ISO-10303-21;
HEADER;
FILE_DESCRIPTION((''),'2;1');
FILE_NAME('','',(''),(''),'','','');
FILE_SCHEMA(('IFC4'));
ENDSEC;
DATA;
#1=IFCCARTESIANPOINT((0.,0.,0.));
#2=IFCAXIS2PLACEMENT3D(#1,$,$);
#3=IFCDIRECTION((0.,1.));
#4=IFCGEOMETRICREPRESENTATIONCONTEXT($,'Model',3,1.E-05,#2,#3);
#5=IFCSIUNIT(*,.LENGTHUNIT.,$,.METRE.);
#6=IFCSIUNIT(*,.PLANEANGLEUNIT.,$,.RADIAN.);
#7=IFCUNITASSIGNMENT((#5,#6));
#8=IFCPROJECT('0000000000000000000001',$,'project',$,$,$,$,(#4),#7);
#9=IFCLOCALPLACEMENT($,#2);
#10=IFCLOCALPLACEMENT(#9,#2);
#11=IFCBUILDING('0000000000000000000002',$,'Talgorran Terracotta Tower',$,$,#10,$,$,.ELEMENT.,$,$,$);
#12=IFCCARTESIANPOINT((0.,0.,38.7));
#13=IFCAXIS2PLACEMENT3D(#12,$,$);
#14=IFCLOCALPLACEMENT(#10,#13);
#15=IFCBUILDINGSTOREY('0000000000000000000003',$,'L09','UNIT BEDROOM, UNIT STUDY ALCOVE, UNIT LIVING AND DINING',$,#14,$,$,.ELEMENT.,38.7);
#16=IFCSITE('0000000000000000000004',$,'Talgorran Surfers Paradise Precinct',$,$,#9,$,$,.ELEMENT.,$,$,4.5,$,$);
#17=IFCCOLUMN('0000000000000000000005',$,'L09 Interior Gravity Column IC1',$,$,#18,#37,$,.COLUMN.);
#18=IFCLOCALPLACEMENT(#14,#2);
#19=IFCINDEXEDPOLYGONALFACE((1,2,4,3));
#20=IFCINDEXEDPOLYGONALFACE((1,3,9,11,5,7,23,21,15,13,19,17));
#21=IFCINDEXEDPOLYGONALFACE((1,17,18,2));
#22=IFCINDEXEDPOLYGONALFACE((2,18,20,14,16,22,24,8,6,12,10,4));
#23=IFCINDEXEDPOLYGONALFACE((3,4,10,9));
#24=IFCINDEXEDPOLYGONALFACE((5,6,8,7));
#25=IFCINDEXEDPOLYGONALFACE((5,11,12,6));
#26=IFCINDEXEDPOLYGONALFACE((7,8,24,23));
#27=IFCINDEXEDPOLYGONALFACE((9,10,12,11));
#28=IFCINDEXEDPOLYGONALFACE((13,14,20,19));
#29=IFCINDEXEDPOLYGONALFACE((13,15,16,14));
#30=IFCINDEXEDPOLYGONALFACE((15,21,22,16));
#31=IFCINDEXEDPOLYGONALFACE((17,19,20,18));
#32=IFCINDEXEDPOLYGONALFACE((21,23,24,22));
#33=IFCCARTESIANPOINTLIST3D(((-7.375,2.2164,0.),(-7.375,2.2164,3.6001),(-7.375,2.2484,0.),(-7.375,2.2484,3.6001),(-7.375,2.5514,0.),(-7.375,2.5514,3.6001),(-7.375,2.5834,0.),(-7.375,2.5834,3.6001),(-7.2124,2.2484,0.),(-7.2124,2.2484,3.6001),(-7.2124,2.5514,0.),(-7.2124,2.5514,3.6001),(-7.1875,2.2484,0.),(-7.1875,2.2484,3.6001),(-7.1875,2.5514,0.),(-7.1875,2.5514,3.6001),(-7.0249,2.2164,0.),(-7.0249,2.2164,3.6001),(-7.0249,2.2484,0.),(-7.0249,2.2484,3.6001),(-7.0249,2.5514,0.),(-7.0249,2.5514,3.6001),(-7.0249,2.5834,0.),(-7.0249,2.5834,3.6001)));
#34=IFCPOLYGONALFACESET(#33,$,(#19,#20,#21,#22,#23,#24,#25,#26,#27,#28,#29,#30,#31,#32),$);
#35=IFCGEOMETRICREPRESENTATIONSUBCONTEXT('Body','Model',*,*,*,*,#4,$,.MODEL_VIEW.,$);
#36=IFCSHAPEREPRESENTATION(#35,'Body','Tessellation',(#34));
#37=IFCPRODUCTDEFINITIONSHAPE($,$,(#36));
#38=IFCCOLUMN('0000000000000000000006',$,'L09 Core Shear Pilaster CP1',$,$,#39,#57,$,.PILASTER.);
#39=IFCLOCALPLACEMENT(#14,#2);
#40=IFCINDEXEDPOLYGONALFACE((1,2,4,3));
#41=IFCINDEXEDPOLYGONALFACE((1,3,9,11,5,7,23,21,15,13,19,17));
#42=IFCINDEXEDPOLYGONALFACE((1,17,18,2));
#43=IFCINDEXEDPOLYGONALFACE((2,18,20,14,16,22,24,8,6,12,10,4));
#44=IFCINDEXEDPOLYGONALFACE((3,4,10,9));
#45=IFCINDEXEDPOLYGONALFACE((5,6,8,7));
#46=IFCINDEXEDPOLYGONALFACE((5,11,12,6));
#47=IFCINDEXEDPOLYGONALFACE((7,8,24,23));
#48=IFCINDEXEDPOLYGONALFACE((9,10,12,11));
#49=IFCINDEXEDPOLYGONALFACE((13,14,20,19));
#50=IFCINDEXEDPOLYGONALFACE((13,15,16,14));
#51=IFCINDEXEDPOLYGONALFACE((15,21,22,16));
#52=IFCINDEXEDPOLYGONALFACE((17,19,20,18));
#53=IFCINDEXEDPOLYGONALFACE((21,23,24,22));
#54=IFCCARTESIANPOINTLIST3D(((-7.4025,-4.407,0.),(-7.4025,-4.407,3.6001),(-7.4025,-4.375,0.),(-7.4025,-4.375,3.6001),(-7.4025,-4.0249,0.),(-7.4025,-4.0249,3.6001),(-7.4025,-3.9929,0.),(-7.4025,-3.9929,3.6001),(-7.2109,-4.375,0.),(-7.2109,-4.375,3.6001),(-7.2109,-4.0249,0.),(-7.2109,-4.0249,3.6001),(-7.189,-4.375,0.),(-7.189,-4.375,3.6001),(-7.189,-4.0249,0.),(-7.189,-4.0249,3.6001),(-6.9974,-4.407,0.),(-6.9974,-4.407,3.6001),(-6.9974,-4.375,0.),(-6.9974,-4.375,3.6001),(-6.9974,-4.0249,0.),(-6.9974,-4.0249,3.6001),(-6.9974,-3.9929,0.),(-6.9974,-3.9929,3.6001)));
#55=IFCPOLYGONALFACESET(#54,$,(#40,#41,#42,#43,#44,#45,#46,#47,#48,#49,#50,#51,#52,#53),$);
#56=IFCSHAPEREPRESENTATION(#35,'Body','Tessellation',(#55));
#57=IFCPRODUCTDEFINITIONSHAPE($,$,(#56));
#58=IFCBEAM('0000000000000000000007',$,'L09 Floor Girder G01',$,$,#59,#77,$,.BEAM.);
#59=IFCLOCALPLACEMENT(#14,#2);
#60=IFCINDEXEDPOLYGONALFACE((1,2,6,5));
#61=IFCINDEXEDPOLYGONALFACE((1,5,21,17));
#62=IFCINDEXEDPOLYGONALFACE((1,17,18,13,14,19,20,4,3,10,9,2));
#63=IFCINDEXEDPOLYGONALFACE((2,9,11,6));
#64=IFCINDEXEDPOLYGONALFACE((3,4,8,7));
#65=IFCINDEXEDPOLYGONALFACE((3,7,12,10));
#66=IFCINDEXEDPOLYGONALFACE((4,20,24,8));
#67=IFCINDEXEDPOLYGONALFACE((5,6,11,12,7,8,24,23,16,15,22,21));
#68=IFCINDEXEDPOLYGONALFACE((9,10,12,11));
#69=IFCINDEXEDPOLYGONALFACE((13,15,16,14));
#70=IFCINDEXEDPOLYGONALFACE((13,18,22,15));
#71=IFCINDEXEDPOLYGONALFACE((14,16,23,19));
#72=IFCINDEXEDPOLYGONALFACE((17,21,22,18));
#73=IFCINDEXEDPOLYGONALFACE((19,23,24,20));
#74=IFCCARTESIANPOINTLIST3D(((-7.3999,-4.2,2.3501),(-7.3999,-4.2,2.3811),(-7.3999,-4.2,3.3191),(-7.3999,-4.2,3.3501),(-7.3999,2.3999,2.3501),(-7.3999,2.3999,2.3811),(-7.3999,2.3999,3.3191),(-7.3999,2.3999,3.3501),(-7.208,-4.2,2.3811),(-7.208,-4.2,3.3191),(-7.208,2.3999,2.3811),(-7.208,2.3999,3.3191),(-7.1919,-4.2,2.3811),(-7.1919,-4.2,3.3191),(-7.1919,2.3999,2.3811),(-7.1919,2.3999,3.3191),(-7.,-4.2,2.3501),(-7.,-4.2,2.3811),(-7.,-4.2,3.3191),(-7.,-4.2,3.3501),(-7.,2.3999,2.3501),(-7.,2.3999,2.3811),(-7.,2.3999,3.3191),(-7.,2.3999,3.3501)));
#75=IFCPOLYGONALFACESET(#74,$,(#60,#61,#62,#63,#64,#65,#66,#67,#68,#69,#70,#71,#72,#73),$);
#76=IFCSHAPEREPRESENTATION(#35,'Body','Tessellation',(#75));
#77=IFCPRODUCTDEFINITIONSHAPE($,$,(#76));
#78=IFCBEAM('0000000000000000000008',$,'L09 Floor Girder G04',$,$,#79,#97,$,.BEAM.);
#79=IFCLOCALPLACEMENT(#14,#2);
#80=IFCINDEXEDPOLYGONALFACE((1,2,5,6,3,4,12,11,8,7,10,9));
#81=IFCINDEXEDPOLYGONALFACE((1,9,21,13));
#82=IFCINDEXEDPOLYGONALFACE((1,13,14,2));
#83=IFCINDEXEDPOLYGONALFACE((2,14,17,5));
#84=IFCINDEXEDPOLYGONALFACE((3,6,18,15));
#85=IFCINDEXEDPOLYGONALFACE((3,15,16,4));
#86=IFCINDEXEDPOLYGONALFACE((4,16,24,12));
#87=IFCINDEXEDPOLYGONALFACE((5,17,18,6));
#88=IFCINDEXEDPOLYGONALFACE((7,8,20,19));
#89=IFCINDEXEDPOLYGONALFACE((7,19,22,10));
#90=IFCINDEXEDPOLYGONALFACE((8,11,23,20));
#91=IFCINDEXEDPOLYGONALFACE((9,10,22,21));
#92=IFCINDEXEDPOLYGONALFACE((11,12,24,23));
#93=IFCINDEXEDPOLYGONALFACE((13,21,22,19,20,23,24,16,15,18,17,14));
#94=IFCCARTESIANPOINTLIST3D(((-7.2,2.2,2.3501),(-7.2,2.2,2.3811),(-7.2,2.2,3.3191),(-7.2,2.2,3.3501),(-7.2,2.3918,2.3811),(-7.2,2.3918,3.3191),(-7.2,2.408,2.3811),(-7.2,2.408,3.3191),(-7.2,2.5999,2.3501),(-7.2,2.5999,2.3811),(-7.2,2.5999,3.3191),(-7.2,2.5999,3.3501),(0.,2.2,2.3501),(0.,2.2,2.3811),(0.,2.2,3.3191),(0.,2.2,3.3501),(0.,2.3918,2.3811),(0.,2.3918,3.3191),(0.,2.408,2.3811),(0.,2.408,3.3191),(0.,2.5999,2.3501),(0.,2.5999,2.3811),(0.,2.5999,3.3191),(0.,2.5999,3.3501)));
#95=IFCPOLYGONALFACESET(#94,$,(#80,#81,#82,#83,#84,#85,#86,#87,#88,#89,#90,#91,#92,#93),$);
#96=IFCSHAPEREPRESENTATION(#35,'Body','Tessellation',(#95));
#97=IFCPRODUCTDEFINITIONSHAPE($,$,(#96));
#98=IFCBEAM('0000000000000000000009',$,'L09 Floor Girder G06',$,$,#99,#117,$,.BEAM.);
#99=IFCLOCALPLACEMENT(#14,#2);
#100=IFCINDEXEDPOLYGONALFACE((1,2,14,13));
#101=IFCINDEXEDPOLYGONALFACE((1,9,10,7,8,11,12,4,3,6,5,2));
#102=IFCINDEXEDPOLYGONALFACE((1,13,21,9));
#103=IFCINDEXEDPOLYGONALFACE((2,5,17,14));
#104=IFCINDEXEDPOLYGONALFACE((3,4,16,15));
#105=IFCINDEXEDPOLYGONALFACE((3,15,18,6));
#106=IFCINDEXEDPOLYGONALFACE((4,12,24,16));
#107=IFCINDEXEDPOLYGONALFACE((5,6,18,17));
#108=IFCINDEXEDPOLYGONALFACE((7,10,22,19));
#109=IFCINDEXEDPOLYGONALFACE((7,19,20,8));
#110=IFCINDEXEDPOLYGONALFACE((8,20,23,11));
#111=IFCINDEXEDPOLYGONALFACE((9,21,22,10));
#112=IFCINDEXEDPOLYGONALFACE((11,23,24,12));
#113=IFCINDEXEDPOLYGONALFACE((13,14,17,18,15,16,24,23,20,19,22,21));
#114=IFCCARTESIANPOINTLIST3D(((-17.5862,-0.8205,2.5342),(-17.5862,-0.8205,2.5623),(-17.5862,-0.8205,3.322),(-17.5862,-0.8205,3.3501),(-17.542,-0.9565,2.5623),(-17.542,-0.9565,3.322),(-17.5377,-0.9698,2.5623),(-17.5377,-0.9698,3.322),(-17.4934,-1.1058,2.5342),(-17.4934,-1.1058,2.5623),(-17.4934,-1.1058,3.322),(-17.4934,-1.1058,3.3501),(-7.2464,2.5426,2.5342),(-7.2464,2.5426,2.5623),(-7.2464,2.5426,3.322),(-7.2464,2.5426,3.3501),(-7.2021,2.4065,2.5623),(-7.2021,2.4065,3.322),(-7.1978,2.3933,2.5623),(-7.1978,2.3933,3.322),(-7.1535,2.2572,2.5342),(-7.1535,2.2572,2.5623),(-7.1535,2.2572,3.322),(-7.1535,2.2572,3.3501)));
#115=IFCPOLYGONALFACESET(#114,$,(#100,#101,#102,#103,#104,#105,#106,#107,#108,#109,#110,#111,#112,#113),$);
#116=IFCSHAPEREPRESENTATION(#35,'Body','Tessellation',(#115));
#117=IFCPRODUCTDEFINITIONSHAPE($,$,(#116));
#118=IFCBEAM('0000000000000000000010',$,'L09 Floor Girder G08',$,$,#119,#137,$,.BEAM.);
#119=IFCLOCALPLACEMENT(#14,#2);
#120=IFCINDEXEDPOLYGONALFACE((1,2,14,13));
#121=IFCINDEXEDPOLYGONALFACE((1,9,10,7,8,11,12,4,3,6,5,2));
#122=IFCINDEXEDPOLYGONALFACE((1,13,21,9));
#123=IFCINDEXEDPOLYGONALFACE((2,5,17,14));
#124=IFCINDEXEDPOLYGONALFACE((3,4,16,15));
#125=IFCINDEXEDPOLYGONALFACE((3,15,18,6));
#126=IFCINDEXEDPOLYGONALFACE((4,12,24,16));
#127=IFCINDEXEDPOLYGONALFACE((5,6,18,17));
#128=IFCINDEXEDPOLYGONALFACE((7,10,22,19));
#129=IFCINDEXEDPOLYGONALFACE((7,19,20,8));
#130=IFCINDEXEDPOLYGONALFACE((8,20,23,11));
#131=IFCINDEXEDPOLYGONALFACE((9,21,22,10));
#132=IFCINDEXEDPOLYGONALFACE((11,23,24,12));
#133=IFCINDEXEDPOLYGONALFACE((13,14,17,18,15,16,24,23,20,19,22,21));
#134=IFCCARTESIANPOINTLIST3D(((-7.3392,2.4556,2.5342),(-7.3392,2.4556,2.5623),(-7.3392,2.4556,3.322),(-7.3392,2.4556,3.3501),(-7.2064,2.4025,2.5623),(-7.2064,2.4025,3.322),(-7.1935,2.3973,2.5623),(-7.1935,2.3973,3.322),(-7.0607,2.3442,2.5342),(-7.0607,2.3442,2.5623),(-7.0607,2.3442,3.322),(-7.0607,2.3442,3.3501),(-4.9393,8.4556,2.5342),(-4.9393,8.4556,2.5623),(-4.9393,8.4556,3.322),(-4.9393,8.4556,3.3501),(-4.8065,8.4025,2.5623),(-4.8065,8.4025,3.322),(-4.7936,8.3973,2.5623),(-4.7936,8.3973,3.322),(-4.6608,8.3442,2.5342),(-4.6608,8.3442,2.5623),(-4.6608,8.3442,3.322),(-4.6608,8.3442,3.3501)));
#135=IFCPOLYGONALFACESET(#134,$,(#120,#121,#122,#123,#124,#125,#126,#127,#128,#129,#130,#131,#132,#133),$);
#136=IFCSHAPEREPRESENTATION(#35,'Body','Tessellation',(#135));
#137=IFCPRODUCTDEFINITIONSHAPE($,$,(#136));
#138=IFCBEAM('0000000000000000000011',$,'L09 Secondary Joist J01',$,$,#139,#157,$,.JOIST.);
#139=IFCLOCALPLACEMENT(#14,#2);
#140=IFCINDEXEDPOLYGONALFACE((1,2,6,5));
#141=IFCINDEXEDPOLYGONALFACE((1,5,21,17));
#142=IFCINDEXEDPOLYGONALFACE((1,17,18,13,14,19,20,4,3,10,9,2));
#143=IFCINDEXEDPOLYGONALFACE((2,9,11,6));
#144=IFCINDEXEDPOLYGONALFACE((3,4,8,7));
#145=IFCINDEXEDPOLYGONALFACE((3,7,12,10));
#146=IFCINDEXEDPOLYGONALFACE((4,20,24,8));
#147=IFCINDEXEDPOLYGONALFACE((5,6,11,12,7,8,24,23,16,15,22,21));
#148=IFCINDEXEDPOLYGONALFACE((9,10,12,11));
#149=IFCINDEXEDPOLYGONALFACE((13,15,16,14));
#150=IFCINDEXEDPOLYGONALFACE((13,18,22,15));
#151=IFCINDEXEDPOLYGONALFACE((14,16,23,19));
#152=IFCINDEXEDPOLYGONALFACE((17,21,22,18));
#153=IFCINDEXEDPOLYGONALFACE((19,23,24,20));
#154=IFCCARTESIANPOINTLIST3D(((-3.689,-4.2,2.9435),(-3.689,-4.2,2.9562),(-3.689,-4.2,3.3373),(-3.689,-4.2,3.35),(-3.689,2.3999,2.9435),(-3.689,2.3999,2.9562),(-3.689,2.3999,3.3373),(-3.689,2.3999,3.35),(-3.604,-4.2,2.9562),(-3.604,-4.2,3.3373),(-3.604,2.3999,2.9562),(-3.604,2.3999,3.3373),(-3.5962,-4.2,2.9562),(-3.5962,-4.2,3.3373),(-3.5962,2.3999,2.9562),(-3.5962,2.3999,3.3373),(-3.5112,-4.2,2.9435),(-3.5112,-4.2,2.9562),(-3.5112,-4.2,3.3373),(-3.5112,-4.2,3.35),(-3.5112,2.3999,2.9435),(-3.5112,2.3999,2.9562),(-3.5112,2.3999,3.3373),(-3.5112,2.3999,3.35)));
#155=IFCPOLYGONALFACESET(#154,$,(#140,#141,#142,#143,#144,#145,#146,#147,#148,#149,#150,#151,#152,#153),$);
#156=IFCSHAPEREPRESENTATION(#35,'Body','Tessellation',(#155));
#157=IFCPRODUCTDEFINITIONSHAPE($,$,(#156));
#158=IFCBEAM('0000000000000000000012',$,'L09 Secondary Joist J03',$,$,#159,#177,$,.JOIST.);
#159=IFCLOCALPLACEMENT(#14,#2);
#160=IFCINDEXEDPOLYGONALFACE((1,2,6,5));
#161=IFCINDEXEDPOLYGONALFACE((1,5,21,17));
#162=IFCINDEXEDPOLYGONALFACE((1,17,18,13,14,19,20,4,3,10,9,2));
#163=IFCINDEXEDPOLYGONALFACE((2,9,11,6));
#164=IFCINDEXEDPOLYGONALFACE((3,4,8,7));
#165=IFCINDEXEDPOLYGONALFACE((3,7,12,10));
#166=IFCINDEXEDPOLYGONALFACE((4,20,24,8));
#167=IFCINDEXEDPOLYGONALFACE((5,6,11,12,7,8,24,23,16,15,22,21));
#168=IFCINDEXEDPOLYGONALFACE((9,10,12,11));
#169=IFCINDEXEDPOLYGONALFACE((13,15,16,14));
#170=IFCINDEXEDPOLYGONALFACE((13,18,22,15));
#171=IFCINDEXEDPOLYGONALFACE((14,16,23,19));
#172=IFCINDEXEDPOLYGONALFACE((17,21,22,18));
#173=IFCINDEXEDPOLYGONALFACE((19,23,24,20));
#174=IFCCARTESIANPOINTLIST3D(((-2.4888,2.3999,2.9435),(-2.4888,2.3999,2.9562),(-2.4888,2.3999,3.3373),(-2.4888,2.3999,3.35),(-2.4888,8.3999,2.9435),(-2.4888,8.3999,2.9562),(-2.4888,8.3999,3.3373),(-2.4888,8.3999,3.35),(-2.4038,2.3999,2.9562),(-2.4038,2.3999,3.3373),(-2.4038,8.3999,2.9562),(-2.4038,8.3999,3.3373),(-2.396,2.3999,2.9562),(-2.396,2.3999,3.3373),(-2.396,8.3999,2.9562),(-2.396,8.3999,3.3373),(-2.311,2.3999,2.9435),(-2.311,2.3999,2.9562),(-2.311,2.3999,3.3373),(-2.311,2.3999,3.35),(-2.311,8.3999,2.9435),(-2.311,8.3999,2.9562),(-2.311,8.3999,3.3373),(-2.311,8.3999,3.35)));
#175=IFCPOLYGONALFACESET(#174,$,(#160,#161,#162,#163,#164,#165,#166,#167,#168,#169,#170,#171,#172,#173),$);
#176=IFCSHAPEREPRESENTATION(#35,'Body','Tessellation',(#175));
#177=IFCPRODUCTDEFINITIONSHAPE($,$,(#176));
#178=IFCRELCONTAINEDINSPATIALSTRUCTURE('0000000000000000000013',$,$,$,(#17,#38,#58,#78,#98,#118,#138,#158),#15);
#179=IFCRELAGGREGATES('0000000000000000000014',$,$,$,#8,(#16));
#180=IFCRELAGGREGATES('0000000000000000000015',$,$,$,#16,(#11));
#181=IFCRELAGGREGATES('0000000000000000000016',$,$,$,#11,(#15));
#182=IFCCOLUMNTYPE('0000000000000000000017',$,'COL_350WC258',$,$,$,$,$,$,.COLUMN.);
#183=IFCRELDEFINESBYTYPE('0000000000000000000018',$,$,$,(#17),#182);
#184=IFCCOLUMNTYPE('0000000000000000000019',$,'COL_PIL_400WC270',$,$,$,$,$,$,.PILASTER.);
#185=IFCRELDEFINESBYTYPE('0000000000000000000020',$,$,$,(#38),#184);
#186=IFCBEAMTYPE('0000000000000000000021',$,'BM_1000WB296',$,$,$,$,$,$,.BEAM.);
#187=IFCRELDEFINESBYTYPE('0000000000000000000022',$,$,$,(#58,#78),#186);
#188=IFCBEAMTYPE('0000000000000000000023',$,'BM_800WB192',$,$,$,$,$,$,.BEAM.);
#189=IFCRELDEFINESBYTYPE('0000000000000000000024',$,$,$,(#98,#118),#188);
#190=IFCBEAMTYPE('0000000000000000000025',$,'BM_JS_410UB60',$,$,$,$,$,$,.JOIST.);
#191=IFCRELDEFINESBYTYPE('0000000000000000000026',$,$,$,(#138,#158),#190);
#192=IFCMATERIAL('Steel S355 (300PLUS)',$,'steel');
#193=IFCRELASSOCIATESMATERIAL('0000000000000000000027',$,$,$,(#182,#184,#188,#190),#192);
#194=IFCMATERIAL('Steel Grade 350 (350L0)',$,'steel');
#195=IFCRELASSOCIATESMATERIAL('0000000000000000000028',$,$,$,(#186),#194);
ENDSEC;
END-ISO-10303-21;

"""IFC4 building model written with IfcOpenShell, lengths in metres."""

from ifc_helpers import new_model, si_unit, direction, frame, origin, origin_2d, place, context, subcontext, project, spatial, i_section, extrude, material, material_profile, profile_set, type_object, element, save


model = new_model("IFC4")

# Units and contexts
model_context = context("Model", 3, precision=1e-05, world=origin(), true_north=direction((0.0, 1.0)))
body_context = subcontext(model_context, "Body", "Model", "MODEL_VIEW")
ifc_project = project(units=[si_unit("LENGTHUNIT", "METRE"), si_unit("PLANEANGLEUNIT", "RADIAN")], contexts=[model_context])

# Site, building, storey
site_placement = place(None, origin())
site = spatial("IfcSite", under=ifc_project, at=site_placement, Name="Talgorran Surfers Paradise Precinct", CompositionType="ELEMENT", RefElevation=4.5)
building_placement = place(site_placement, origin())
building = spatial("IfcBuilding", under=site, at=building_placement, Name="Talgorran Terracotta Tower", CompositionType="ELEMENT")
storey_placement = place(building_placement, frame((0.0, 0.0, 38.7)))
storey = spatial("IfcBuildingStorey", under=building, at=storey_placement, Name="L09", Description="UNIT BEDROOM, UNIT STUDY ALCOVE, UNIT LIVING AND DINING", CompositionType="ELEMENT", Elevation=38.7)

# Columns
ifc_material_1 = material(Name="Steel S355 (300PLUS)", Category="steel")
ifc_material_profile_1 = material_profile(ifc_material_1, i_section(OverallWidth=0.3501, OverallDepth=0.3669, WebThickness=0.0249, FlangeThickness=0.032, at=origin_2d()), Name="350WC258")
ifc_profile_set_1 = profile_set([ifc_material_profile_1], Name="Steel S355 (300PLUS)")
column_type_1 = type_object("IfcColumnType", Name="COL_350WC258", PredefinedType="COLUMN", material=ifc_profile_set_1)
column_1_placement = place(storey_placement, frame((-7.2, 2.3999, 0.0), z_axis=(0.0, 0.0, 1.0), x_axis=(1.0, 0.0, 0.0)))
element("IfcColumn", 1, at=column_1_placement, inside=storey, type_object=column_type_1, Name="L09 Interior Gravity Column IC1", PredefinedType="COLUMN", context=body_context, shape_type="SweptSolid", body=[
    extrude(i_section(OverallWidth=0.3501, OverallDepth=0.3669, WebThickness=0.0249, FlangeThickness=0.032, at=origin_2d()), origin(), (0.0, 0.0, 1.0), 3.6001),
])
ifc_material_profile_2 = material_profile(ifc_material_1, i_section(OverallWidth=0.405, OverallDepth=0.4141, WebThickness=0.022, FlangeThickness=0.032, at=origin_2d()), Name="400WC270")
ifc_profile_set_2 = profile_set([ifc_material_profile_2], Name="Steel S355 (300PLUS)")
column_type_2 = type_object("IfcColumnType", Name="COL_PIL_400WC270", PredefinedType="PILASTER", material=ifc_profile_set_2)
column_2_placement = place(storey_placement, frame((-7.2, -4.2, 0.0), z_axis=(0.0, 0.0, 1.0), x_axis=(1.0, 0.0, 0.0)))
element("IfcColumn", 2, at=column_2_placement, inside=storey, type_object=column_type_2, Name="L09 Core Shear Pilaster CP1", PredefinedType="PILASTER", context=body_context, shape_type="SweptSolid", body=[
    extrude(i_section(OverallWidth=0.405, OverallDepth=0.4141, WebThickness=0.022, FlangeThickness=0.032, at=origin_2d()), origin(), (0.0, 0.0, 1.0), 3.6001),
])

# Beams
ifc_material_2 = material(Name="Steel Grade 350 (350L0)", Category="steel")
ifc_material_profile_3 = material_profile(ifc_material_2, i_section(OverallWidth=0.3999, OverallDepth=1.0, WebThickness=0.0161, FlangeThickness=0.031, at=origin_2d()), Name="1000WB296")
ifc_profile_set_3 = profile_set([ifc_material_profile_3], Name="Steel Grade 350 (350L0)")
beam_type_1 = type_object("IfcBeamType", Name="BM_1000WB296", PredefinedType="BEAM", material=ifc_profile_set_3)
beam_1_placement = place(storey_placement, frame((-7.2, -4.2, 2.8501), z_axis=(0.0, 1.0, 0.0), x_axis=(-1.0, 0.0, 0.0)))
element("IfcBeam", 3, at=beam_1_placement, inside=storey, type_object=beam_type_1, Name="L09 Floor Girder G01", PredefinedType="BEAM", context=body_context, shape_type="SweptSolid", body=[
    extrude(i_section(OverallWidth=0.3999, OverallDepth=1.0, WebThickness=0.0161, FlangeThickness=0.031, at=origin_2d()), origin(), (0.0, 0.0, 1.0), 6.5999),
])
beam_2_placement = place(storey_placement, frame((-7.2, 2.3999, 2.8501), z_axis=(1.0, 0.0, 0.0), x_axis=(0.0, 1.0, 0.0)))
element("IfcBeam", 4, at=beam_2_placement, inside=storey, type_object=beam_type_1, Name="L09 Floor Girder G04", PredefinedType="BEAM", context=body_context, shape_type="SweptSolid", body=[
    extrude(i_section(OverallWidth=0.3999, OverallDepth=1.0, WebThickness=0.0161, FlangeThickness=0.031, at=origin_2d()), origin(), (0.0, 0.0, 1.0), 7.2),
])
ifc_material_profile_4 = material_profile(ifc_material_1, i_section(OverallWidth=0.3, OverallDepth=0.8159, WebThickness=0.0139, FlangeThickness=0.0281, at=origin_2d()), Name="800WB192")
ifc_profile_set_4 = profile_set([ifc_material_profile_4], Name="Steel S355 (300PLUS)")
beam_type_2 = type_object("IfcBeamType", Name="BM_800WB192", PredefinedType="BEAM", material=ifc_profile_set_4)
beam_3_placement = place(storey_placement, frame((-7.2, 2.3999, 2.9421), z_axis=(-0.950964, -0.309301, 0.0), x_axis=(0.309301, -0.950964, 0.0)))
element("IfcBeam", 5, at=beam_3_placement, inside=storey, type_object=beam_type_2, Name="L09 Floor Girder G06", PredefinedType="BEAM", context=body_context, shape_type="SweptSolid", body=[
    extrude(i_section(OverallWidth=0.3, OverallDepth=0.8159, WebThickness=0.0139, FlangeThickness=0.0281, at=origin_2d()), origin(), (0.0, 0.0, 1.0), 10.873),
])
beam_4_placement = place(storey_placement, frame((-7.2, 2.3999, 2.9421), z_axis=(0.371378, 0.928482, 0.0), x_axis=(-0.928482, 0.371378, 0.0)))
element("IfcBeam", 6, at=beam_4_placement, inside=storey, type_object=beam_type_2, Name="L09 Floor Girder G08", PredefinedType="BEAM", context=body_context, shape_type="SweptSolid", body=[
    extrude(i_section(OverallWidth=0.3, OverallDepth=0.8159, WebThickness=0.0139, FlangeThickness=0.0281, at=origin_2d()), origin(), (0.0, 0.0, 1.0), 6.4622),
])
ifc_material_profile_5 = material_profile(ifc_material_1, i_section(OverallWidth=0.1777, OverallDepth=0.4065, WebThickness=0.0078, FlangeThickness=0.0127, at=origin_2d()), Name="410UB59.7")
ifc_profile_set_5 = profile_set([ifc_material_profile_5], Name="Steel S355 (300PLUS)")
beam_type_3 = type_object("IfcBeamType", Name="BM_JS_410UB60", PredefinedType="JOIST", material=ifc_profile_set_5)
beam_5_placement = place(storey_placement, frame((-3.6001, -4.2, 3.1467), z_axis=(0.0, 1.0, 0.0), x_axis=(-1.0, 0.0, 0.0)))
element("IfcBeam", 7, at=beam_5_placement, inside=storey, type_object=beam_type_3, Name="L09 Secondary Joist J01", PredefinedType="JOIST", context=body_context, shape_type="SweptSolid", body=[
    extrude(i_section(OverallWidth=0.1777, OverallDepth=0.4065, WebThickness=0.0078, FlangeThickness=0.0127, at=origin_2d()), origin(), (0.0, 0.0, 1.0), 6.5999),
])
beam_6_placement = place(storey_placement, frame((-2.3999, 2.3999, 3.1467), z_axis=(0.0, 1.0, 0.0), x_axis=(-1.0, 0.0, 0.0)))
element("IfcBeam", 8, at=beam_6_placement, inside=storey, type_object=beam_type_3, Name="L09 Secondary Joist J03", PredefinedType="JOIST", context=body_context, shape_type="SweptSolid", body=[
    extrude(i_section(OverallWidth=0.1777, OverallDepth=0.4065, WebThickness=0.0078, FlangeThickness=0.0127, at=origin_2d()), origin(), (0.0, 0.0, 1.0), 6.0),
])

save(model, "model.ifc")
